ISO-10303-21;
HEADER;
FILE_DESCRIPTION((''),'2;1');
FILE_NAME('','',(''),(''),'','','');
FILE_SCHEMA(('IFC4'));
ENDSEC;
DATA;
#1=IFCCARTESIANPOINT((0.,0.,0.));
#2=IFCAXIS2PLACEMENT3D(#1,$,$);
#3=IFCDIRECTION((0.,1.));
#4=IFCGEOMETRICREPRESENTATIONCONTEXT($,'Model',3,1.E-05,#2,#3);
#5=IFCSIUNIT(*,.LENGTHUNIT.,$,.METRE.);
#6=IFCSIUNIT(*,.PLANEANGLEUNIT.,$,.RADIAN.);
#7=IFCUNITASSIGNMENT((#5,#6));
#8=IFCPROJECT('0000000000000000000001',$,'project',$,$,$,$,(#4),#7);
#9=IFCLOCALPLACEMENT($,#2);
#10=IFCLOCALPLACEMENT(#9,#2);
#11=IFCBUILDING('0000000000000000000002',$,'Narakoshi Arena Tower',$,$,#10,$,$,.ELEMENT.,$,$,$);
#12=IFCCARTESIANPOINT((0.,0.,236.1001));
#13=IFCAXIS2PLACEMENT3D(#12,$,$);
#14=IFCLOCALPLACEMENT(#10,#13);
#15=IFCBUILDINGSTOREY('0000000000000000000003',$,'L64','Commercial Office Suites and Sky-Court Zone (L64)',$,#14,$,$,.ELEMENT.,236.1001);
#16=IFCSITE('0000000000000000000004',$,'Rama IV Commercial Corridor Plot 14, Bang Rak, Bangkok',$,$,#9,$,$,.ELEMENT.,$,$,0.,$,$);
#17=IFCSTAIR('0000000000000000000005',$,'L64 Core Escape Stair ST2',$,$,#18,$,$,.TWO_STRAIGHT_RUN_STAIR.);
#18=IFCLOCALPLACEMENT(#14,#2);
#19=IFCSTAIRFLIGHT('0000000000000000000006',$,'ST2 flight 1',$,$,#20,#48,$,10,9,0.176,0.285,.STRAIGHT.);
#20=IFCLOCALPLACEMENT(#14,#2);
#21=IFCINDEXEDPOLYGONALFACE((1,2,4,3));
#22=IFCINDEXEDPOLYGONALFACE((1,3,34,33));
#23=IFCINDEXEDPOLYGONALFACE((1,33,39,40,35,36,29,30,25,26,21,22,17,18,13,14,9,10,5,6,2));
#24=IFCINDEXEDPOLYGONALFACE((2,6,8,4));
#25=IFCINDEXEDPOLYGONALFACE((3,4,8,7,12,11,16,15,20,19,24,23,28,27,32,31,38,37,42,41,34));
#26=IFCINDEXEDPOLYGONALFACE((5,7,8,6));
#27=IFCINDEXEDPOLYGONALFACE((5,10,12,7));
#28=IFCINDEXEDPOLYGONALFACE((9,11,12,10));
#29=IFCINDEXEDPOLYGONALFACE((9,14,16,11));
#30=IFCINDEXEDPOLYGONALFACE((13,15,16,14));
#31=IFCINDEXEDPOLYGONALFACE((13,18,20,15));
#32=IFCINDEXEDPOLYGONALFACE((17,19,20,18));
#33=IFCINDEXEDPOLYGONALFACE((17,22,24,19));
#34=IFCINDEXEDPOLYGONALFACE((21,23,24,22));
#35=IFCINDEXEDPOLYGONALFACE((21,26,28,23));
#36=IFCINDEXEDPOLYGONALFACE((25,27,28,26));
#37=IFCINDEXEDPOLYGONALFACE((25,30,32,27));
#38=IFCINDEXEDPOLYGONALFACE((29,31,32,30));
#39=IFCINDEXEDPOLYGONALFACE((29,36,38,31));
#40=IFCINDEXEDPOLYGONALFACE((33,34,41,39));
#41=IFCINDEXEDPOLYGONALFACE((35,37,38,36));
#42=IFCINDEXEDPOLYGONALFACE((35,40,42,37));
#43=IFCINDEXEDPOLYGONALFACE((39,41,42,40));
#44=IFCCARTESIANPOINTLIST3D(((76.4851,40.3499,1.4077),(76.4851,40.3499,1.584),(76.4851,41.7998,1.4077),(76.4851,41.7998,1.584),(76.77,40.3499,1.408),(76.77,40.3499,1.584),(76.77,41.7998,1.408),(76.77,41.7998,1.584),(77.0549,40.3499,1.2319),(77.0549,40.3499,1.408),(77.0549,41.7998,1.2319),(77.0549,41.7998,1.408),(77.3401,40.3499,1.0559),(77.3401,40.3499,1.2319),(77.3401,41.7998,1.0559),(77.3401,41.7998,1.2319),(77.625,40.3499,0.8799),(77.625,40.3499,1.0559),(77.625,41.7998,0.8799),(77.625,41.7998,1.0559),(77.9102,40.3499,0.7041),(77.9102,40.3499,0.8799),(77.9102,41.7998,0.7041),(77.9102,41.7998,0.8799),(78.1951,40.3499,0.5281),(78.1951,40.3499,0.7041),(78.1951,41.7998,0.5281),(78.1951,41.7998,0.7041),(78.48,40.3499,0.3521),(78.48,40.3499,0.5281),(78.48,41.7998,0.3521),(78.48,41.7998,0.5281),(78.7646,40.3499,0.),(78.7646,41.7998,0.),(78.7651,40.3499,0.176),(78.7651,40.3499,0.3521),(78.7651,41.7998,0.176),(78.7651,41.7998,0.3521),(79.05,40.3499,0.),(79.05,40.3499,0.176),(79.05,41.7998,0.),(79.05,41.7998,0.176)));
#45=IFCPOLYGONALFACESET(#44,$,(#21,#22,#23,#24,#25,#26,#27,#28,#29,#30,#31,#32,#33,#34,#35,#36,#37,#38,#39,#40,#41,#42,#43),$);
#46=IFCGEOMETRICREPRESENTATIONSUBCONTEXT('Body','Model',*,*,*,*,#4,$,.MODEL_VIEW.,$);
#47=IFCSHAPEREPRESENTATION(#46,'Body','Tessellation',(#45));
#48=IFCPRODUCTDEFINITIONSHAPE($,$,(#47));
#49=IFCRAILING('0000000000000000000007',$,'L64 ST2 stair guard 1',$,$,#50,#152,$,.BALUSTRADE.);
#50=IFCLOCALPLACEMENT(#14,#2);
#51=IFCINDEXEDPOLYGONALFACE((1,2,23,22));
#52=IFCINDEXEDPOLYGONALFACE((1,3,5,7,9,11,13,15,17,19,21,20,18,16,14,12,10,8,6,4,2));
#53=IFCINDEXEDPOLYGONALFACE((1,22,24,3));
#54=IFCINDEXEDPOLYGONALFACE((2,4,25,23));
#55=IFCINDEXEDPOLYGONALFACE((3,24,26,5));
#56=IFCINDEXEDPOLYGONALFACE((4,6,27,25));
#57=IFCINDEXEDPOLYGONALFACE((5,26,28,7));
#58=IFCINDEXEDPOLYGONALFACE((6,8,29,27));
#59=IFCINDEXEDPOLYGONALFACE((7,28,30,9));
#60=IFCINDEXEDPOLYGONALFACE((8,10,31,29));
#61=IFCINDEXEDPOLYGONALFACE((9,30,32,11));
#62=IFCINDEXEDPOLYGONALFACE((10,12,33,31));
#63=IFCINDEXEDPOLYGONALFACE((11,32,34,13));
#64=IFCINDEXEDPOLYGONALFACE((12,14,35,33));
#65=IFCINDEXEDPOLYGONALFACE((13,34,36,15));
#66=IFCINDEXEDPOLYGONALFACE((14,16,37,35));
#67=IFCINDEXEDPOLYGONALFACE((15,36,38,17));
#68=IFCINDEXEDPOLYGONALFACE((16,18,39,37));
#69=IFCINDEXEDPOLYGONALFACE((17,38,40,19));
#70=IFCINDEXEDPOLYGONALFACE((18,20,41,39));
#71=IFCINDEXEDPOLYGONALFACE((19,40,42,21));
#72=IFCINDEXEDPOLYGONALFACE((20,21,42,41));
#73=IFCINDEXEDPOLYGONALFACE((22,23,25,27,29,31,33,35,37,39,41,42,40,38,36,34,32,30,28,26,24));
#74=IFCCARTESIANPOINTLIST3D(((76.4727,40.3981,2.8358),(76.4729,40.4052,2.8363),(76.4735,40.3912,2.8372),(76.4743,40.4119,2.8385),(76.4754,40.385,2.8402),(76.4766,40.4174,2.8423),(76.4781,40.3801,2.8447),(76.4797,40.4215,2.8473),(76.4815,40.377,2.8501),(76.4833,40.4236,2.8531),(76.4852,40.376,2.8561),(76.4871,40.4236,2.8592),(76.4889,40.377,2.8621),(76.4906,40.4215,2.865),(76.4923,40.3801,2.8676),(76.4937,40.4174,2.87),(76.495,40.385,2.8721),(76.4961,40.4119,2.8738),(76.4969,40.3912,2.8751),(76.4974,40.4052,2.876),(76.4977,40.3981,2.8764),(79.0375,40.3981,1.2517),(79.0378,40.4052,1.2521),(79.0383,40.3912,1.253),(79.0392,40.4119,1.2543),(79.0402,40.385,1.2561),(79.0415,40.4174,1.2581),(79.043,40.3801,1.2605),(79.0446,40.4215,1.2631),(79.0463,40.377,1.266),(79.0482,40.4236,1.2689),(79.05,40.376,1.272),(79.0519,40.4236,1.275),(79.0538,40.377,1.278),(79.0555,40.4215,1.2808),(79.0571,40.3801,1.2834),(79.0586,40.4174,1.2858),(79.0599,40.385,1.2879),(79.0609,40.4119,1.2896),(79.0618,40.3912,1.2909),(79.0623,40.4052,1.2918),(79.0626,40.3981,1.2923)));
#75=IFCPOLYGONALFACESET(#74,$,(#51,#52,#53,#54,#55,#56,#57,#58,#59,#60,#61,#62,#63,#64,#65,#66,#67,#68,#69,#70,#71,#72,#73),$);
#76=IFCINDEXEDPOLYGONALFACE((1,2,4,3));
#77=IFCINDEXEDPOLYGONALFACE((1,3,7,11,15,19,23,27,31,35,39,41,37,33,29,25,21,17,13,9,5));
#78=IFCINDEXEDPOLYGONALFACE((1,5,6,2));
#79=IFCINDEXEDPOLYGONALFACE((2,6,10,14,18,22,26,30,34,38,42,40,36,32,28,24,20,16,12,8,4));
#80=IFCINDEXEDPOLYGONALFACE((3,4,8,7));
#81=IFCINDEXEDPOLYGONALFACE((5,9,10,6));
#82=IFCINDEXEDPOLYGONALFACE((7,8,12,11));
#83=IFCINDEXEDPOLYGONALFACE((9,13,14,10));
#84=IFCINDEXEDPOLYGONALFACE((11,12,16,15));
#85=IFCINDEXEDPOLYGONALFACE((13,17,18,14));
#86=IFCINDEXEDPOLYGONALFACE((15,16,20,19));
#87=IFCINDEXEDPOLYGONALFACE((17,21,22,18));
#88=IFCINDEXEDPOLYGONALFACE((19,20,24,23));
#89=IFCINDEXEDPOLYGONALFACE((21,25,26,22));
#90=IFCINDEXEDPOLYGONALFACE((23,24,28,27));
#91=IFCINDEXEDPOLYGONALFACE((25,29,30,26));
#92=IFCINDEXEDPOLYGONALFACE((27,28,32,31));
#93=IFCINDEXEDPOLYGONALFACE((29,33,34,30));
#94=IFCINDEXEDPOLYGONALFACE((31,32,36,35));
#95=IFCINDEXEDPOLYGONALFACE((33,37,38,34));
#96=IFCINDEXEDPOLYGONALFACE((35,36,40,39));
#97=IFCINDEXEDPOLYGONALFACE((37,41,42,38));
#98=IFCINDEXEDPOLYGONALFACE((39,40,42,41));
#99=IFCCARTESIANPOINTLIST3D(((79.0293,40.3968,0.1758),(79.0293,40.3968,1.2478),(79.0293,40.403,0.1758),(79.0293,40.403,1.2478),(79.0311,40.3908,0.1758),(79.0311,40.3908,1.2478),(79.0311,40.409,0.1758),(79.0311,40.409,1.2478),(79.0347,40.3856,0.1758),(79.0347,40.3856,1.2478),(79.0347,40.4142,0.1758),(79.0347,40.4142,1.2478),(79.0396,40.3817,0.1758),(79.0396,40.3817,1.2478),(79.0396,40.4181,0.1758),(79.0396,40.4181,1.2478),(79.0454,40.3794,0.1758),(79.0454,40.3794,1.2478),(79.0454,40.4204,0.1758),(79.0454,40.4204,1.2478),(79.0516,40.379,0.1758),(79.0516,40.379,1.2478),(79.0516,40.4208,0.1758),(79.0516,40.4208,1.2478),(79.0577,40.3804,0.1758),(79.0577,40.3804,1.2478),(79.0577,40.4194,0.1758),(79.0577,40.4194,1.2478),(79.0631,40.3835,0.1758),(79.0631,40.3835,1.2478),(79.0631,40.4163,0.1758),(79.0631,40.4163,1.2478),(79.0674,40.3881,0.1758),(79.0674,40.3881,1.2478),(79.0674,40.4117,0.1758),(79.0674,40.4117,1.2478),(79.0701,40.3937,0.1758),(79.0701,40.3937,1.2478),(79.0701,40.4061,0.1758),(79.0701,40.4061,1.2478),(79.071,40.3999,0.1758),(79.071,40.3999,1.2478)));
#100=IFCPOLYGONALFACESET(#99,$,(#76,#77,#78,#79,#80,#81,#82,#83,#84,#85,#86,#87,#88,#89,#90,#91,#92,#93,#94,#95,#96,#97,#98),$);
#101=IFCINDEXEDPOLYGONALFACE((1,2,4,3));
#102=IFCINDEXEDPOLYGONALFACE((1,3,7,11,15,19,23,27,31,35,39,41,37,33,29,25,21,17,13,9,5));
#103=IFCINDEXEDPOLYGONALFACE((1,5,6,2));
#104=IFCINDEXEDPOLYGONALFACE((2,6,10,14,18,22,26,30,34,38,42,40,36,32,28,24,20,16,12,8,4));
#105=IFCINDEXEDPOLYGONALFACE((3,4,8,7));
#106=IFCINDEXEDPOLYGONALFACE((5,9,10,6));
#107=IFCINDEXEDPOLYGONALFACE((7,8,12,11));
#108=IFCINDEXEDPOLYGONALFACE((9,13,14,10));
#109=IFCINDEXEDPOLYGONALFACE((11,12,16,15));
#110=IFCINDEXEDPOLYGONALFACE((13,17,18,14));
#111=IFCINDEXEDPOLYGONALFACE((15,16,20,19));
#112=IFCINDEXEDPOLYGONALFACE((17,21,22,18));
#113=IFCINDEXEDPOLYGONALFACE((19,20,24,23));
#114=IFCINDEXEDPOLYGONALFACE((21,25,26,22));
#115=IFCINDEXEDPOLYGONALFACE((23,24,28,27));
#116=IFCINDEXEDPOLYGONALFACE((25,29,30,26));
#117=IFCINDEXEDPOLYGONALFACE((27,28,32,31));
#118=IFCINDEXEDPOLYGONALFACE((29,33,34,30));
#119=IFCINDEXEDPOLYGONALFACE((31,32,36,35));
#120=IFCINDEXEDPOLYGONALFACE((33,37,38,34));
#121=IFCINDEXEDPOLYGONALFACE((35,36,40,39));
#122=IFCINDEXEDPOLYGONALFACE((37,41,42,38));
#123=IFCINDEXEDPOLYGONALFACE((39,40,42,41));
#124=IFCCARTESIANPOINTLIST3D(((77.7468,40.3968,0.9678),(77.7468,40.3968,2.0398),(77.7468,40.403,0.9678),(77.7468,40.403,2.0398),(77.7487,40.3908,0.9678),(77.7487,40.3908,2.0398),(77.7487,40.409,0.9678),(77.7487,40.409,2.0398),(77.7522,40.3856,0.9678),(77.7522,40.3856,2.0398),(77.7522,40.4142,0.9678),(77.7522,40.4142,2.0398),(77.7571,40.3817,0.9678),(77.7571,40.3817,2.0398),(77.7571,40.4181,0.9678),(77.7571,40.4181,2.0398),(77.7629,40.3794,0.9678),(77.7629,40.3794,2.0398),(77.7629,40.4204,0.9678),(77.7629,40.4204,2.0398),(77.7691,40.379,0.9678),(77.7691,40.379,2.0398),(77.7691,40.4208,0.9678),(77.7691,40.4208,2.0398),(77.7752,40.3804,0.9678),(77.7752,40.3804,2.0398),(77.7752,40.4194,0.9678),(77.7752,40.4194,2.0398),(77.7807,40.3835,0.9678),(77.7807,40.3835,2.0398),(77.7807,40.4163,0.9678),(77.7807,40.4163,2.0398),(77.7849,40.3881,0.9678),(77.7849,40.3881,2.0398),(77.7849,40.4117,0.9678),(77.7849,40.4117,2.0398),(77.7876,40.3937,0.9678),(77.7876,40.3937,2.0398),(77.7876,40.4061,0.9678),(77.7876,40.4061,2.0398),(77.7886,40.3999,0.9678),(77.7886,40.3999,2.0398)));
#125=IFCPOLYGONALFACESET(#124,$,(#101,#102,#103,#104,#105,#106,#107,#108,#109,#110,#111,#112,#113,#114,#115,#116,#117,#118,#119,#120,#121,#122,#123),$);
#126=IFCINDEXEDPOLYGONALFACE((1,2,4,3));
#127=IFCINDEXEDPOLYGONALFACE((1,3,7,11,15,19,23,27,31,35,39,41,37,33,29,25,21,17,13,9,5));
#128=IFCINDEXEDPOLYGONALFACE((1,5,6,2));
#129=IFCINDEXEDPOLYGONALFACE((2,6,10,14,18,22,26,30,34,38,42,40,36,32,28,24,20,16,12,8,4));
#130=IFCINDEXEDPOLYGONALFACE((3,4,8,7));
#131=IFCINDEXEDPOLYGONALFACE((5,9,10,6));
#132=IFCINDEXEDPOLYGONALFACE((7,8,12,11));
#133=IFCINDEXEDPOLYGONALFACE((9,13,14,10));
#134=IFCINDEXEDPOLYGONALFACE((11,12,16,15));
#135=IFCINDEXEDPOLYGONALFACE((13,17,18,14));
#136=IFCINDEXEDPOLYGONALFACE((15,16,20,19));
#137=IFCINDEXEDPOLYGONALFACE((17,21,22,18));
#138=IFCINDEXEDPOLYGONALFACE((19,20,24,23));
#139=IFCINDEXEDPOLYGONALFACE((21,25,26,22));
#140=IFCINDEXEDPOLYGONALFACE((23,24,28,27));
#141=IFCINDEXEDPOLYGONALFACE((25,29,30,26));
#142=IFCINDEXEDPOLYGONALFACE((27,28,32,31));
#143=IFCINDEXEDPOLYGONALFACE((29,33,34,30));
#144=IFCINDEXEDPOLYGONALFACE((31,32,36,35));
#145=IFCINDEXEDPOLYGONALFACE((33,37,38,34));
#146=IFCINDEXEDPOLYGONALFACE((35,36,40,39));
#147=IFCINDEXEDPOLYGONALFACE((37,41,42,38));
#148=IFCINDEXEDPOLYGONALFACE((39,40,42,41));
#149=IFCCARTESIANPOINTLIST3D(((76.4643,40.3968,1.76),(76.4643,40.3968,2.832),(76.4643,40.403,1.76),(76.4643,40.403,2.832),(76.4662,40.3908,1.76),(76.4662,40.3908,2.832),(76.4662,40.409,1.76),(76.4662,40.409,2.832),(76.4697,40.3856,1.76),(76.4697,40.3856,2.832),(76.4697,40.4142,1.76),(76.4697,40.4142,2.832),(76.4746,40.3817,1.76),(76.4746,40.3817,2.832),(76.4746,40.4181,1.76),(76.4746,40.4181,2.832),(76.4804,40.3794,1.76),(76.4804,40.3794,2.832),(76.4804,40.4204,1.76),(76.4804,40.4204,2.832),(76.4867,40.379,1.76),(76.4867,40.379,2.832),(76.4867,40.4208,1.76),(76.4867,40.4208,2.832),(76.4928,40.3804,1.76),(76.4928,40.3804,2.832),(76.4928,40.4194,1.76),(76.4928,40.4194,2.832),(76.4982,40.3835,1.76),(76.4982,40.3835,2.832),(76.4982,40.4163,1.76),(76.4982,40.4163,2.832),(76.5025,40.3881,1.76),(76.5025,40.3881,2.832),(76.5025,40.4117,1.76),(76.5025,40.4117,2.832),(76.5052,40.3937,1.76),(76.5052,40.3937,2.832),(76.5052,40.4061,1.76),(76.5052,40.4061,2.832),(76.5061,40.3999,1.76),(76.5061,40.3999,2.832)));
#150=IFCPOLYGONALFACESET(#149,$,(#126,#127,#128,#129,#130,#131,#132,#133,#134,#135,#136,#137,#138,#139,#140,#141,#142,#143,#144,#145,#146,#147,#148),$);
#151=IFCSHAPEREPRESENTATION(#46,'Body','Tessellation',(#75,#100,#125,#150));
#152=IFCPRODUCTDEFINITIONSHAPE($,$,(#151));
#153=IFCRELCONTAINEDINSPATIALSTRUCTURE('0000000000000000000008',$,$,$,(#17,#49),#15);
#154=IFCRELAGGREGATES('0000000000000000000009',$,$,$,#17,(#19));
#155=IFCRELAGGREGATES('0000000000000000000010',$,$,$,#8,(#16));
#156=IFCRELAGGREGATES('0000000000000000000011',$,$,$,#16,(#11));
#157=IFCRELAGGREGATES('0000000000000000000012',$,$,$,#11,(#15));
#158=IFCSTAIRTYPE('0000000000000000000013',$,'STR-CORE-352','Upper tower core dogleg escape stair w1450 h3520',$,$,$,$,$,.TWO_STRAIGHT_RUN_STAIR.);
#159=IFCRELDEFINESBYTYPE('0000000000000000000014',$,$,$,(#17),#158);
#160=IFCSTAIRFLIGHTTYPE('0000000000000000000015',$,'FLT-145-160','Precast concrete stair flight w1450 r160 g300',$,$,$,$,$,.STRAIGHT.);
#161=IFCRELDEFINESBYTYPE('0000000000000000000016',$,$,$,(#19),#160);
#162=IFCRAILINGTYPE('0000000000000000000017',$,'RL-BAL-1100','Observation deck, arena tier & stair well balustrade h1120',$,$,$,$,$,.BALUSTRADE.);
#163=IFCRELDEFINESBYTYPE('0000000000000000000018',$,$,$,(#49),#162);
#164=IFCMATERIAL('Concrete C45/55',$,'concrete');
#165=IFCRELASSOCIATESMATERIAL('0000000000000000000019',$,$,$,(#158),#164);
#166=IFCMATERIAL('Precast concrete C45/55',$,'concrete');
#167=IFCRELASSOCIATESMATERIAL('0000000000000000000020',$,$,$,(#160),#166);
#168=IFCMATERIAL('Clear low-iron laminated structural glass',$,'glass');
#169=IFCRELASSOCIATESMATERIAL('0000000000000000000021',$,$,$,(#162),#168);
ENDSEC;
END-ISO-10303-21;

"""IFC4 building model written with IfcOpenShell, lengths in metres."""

from ifc_helpers import new_model, si_unit, direction, frame, origin, origin_2d, place, context, subcontext, project, spatial, polyline, circle, outline, extrude, material, type_object, element, aggregate, save


model = new_model("IFC4")

# Units and contexts
model_context = context("Model", 3, precision=1e-05, world=origin(), true_north=direction((0.0, 1.0)))
body_context = subcontext(model_context, "Body", "Model", "MODEL_VIEW")
ifc_project = project(units=[si_unit("LENGTHUNIT", "METRE"), si_unit("PLANEANGLEUNIT", "RADIAN")], contexts=[model_context])

# Site, building, storey
site_placement = place(None, origin())
site = spatial("IfcSite", under=ifc_project, at=site_placement, Name="Rama IV Commercial Corridor Plot 14, Bang Rak, Bangkok", CompositionType="ELEMENT", RefElevation=0.0)
building_placement = place(site_placement, origin())
building = spatial("IfcBuilding", under=site, at=building_placement, Name="Narakoshi Arena Tower", CompositionType="ELEMENT")
storey_placement = place(building_placement, frame((0.0, 0.0, 236.1001)))
storey = spatial("IfcBuildingStorey", under=building, at=storey_placement, Name="L64", Description="Commercial Office Suites and Sky-Court Zone (L64)", CompositionType="ELEMENT", Elevation=236.1001)

# Stair, stair flight
ifc_material_1 = material(Name="Concrete C45/55", Category="concrete")
stair_type = type_object("IfcStairType", Name="STR-CORE-352", Description="Upper tower core dogleg escape stair w1450 h3520", PredefinedType="TWO_STRAIGHT_RUN_STAIR", material=ifc_material_1)
stair_placement = place(storey_placement, origin())
stair = element("IfcStair", 1, at=stair_placement, inside=storey, type_object=stair_type, Name="L64 Core Escape Stair ST2", PredefinedType="TWO_STRAIGHT_RUN_STAIR")
ifc_material_2 = material(Name="Precast concrete C45/55", Category="concrete")
stair_flight_type = type_object("IfcStairFlightType", Name="FLT-145-160", Description="Precast concrete stair flight w1450 r160 g300", PredefinedType="STRAIGHT", material=ifc_material_2)
stair_flight_placement = place(storey_placement, frame((79.05, 41.075, 0.0), z_axis=(0.0, 0.0, 1.0), x_axis=(-1.0, 0.0, 0.0)))
stair_flight = element("IfcStairFlight", 2, at=stair_flight_placement, type_object=stair_flight_type, Name="ST2 flight 1", NumberOfRisers=10, NumberOfTreads=9, PredefinedType="STRAIGHT", RiserHeight=0.176, TreadLength=0.285, context=body_context, shape_type="SweptSolid", body=[
    extrude(outline(polyline([(0.0, 0.0), (0.0, 0.176), (0.2849, 0.176), (0.2849, 0.3521), (0.5701, 0.3521), (0.5701, 0.5281), (0.855, 0.5281), (0.855, 0.7041), (1.1399, 0.7041), (1.1399, 0.8799), (1.425, 0.8799), (1.425, 1.0559), (1.71, 1.0559), (1.71, 1.2319), (1.9951, 1.2319), (1.9951, 1.408), (2.28, 1.408), (2.28, 1.584), (2.5649, 1.584), (2.5649, 1.76), (2.5649, 1.4077), (0.2854, 0.0), (0.0, 0.0)])), frame((0.0, 0.7251, 0.0), z_axis=(0.0, -1.0, 0.0), x_axis=(1.0, 0.0, 0.0)), (0.0, 0.0, 1.0), 1.45),
])
aggregate(stair, [stair_flight])

# Railing
ifc_material_3 = material(Name="Clear low-iron laminated structural glass", Category="glass")
railing_type_1 = type_object("IfcRailingType", Name="RL-BAL-1100", Description="Observation deck, arena tier & stair well balustrade h1120", PredefinedType="BALUSTRADE", material=ifc_material_3)
railing_1_placement = place(storey_placement, frame((79.05, 40.3999, 0.1758)))
element("IfcRailing", 3, at=railing_1_placement, inside=storey, type_object=railing_type_1, Name="L64 ST2 stair guard 1", PredefinedType="BALUSTRADE", context=body_context, shape_type="SweptSolid", body=[
    extrude(circle(Radius=0.0239, at=origin_2d()), frame((0.0, 0.0, 1.0962), z_axis=(-0.850798, 0.0, 0.525493), x_axis=(0.0, -1.0, 0.0)), (0.0, 0.0, 1.0), 3.0146),
    extrude(circle(Radius=0.021, at=origin_2d()), origin(), (0.0, 0.0, 1.0), 1.072),
    extrude(circle(Radius=0.021, at=origin_2d()), frame((-1.2825, 0.0, 0.792)), (0.0, 0.0, 1.0), 1.072),
    extrude(circle(Radius=0.021, at=origin_2d()), frame((-2.5649, 0.0, 1.5842)), (0.0, 0.0, 1.0), 1.072),
])

save(model, "model.ifc")
